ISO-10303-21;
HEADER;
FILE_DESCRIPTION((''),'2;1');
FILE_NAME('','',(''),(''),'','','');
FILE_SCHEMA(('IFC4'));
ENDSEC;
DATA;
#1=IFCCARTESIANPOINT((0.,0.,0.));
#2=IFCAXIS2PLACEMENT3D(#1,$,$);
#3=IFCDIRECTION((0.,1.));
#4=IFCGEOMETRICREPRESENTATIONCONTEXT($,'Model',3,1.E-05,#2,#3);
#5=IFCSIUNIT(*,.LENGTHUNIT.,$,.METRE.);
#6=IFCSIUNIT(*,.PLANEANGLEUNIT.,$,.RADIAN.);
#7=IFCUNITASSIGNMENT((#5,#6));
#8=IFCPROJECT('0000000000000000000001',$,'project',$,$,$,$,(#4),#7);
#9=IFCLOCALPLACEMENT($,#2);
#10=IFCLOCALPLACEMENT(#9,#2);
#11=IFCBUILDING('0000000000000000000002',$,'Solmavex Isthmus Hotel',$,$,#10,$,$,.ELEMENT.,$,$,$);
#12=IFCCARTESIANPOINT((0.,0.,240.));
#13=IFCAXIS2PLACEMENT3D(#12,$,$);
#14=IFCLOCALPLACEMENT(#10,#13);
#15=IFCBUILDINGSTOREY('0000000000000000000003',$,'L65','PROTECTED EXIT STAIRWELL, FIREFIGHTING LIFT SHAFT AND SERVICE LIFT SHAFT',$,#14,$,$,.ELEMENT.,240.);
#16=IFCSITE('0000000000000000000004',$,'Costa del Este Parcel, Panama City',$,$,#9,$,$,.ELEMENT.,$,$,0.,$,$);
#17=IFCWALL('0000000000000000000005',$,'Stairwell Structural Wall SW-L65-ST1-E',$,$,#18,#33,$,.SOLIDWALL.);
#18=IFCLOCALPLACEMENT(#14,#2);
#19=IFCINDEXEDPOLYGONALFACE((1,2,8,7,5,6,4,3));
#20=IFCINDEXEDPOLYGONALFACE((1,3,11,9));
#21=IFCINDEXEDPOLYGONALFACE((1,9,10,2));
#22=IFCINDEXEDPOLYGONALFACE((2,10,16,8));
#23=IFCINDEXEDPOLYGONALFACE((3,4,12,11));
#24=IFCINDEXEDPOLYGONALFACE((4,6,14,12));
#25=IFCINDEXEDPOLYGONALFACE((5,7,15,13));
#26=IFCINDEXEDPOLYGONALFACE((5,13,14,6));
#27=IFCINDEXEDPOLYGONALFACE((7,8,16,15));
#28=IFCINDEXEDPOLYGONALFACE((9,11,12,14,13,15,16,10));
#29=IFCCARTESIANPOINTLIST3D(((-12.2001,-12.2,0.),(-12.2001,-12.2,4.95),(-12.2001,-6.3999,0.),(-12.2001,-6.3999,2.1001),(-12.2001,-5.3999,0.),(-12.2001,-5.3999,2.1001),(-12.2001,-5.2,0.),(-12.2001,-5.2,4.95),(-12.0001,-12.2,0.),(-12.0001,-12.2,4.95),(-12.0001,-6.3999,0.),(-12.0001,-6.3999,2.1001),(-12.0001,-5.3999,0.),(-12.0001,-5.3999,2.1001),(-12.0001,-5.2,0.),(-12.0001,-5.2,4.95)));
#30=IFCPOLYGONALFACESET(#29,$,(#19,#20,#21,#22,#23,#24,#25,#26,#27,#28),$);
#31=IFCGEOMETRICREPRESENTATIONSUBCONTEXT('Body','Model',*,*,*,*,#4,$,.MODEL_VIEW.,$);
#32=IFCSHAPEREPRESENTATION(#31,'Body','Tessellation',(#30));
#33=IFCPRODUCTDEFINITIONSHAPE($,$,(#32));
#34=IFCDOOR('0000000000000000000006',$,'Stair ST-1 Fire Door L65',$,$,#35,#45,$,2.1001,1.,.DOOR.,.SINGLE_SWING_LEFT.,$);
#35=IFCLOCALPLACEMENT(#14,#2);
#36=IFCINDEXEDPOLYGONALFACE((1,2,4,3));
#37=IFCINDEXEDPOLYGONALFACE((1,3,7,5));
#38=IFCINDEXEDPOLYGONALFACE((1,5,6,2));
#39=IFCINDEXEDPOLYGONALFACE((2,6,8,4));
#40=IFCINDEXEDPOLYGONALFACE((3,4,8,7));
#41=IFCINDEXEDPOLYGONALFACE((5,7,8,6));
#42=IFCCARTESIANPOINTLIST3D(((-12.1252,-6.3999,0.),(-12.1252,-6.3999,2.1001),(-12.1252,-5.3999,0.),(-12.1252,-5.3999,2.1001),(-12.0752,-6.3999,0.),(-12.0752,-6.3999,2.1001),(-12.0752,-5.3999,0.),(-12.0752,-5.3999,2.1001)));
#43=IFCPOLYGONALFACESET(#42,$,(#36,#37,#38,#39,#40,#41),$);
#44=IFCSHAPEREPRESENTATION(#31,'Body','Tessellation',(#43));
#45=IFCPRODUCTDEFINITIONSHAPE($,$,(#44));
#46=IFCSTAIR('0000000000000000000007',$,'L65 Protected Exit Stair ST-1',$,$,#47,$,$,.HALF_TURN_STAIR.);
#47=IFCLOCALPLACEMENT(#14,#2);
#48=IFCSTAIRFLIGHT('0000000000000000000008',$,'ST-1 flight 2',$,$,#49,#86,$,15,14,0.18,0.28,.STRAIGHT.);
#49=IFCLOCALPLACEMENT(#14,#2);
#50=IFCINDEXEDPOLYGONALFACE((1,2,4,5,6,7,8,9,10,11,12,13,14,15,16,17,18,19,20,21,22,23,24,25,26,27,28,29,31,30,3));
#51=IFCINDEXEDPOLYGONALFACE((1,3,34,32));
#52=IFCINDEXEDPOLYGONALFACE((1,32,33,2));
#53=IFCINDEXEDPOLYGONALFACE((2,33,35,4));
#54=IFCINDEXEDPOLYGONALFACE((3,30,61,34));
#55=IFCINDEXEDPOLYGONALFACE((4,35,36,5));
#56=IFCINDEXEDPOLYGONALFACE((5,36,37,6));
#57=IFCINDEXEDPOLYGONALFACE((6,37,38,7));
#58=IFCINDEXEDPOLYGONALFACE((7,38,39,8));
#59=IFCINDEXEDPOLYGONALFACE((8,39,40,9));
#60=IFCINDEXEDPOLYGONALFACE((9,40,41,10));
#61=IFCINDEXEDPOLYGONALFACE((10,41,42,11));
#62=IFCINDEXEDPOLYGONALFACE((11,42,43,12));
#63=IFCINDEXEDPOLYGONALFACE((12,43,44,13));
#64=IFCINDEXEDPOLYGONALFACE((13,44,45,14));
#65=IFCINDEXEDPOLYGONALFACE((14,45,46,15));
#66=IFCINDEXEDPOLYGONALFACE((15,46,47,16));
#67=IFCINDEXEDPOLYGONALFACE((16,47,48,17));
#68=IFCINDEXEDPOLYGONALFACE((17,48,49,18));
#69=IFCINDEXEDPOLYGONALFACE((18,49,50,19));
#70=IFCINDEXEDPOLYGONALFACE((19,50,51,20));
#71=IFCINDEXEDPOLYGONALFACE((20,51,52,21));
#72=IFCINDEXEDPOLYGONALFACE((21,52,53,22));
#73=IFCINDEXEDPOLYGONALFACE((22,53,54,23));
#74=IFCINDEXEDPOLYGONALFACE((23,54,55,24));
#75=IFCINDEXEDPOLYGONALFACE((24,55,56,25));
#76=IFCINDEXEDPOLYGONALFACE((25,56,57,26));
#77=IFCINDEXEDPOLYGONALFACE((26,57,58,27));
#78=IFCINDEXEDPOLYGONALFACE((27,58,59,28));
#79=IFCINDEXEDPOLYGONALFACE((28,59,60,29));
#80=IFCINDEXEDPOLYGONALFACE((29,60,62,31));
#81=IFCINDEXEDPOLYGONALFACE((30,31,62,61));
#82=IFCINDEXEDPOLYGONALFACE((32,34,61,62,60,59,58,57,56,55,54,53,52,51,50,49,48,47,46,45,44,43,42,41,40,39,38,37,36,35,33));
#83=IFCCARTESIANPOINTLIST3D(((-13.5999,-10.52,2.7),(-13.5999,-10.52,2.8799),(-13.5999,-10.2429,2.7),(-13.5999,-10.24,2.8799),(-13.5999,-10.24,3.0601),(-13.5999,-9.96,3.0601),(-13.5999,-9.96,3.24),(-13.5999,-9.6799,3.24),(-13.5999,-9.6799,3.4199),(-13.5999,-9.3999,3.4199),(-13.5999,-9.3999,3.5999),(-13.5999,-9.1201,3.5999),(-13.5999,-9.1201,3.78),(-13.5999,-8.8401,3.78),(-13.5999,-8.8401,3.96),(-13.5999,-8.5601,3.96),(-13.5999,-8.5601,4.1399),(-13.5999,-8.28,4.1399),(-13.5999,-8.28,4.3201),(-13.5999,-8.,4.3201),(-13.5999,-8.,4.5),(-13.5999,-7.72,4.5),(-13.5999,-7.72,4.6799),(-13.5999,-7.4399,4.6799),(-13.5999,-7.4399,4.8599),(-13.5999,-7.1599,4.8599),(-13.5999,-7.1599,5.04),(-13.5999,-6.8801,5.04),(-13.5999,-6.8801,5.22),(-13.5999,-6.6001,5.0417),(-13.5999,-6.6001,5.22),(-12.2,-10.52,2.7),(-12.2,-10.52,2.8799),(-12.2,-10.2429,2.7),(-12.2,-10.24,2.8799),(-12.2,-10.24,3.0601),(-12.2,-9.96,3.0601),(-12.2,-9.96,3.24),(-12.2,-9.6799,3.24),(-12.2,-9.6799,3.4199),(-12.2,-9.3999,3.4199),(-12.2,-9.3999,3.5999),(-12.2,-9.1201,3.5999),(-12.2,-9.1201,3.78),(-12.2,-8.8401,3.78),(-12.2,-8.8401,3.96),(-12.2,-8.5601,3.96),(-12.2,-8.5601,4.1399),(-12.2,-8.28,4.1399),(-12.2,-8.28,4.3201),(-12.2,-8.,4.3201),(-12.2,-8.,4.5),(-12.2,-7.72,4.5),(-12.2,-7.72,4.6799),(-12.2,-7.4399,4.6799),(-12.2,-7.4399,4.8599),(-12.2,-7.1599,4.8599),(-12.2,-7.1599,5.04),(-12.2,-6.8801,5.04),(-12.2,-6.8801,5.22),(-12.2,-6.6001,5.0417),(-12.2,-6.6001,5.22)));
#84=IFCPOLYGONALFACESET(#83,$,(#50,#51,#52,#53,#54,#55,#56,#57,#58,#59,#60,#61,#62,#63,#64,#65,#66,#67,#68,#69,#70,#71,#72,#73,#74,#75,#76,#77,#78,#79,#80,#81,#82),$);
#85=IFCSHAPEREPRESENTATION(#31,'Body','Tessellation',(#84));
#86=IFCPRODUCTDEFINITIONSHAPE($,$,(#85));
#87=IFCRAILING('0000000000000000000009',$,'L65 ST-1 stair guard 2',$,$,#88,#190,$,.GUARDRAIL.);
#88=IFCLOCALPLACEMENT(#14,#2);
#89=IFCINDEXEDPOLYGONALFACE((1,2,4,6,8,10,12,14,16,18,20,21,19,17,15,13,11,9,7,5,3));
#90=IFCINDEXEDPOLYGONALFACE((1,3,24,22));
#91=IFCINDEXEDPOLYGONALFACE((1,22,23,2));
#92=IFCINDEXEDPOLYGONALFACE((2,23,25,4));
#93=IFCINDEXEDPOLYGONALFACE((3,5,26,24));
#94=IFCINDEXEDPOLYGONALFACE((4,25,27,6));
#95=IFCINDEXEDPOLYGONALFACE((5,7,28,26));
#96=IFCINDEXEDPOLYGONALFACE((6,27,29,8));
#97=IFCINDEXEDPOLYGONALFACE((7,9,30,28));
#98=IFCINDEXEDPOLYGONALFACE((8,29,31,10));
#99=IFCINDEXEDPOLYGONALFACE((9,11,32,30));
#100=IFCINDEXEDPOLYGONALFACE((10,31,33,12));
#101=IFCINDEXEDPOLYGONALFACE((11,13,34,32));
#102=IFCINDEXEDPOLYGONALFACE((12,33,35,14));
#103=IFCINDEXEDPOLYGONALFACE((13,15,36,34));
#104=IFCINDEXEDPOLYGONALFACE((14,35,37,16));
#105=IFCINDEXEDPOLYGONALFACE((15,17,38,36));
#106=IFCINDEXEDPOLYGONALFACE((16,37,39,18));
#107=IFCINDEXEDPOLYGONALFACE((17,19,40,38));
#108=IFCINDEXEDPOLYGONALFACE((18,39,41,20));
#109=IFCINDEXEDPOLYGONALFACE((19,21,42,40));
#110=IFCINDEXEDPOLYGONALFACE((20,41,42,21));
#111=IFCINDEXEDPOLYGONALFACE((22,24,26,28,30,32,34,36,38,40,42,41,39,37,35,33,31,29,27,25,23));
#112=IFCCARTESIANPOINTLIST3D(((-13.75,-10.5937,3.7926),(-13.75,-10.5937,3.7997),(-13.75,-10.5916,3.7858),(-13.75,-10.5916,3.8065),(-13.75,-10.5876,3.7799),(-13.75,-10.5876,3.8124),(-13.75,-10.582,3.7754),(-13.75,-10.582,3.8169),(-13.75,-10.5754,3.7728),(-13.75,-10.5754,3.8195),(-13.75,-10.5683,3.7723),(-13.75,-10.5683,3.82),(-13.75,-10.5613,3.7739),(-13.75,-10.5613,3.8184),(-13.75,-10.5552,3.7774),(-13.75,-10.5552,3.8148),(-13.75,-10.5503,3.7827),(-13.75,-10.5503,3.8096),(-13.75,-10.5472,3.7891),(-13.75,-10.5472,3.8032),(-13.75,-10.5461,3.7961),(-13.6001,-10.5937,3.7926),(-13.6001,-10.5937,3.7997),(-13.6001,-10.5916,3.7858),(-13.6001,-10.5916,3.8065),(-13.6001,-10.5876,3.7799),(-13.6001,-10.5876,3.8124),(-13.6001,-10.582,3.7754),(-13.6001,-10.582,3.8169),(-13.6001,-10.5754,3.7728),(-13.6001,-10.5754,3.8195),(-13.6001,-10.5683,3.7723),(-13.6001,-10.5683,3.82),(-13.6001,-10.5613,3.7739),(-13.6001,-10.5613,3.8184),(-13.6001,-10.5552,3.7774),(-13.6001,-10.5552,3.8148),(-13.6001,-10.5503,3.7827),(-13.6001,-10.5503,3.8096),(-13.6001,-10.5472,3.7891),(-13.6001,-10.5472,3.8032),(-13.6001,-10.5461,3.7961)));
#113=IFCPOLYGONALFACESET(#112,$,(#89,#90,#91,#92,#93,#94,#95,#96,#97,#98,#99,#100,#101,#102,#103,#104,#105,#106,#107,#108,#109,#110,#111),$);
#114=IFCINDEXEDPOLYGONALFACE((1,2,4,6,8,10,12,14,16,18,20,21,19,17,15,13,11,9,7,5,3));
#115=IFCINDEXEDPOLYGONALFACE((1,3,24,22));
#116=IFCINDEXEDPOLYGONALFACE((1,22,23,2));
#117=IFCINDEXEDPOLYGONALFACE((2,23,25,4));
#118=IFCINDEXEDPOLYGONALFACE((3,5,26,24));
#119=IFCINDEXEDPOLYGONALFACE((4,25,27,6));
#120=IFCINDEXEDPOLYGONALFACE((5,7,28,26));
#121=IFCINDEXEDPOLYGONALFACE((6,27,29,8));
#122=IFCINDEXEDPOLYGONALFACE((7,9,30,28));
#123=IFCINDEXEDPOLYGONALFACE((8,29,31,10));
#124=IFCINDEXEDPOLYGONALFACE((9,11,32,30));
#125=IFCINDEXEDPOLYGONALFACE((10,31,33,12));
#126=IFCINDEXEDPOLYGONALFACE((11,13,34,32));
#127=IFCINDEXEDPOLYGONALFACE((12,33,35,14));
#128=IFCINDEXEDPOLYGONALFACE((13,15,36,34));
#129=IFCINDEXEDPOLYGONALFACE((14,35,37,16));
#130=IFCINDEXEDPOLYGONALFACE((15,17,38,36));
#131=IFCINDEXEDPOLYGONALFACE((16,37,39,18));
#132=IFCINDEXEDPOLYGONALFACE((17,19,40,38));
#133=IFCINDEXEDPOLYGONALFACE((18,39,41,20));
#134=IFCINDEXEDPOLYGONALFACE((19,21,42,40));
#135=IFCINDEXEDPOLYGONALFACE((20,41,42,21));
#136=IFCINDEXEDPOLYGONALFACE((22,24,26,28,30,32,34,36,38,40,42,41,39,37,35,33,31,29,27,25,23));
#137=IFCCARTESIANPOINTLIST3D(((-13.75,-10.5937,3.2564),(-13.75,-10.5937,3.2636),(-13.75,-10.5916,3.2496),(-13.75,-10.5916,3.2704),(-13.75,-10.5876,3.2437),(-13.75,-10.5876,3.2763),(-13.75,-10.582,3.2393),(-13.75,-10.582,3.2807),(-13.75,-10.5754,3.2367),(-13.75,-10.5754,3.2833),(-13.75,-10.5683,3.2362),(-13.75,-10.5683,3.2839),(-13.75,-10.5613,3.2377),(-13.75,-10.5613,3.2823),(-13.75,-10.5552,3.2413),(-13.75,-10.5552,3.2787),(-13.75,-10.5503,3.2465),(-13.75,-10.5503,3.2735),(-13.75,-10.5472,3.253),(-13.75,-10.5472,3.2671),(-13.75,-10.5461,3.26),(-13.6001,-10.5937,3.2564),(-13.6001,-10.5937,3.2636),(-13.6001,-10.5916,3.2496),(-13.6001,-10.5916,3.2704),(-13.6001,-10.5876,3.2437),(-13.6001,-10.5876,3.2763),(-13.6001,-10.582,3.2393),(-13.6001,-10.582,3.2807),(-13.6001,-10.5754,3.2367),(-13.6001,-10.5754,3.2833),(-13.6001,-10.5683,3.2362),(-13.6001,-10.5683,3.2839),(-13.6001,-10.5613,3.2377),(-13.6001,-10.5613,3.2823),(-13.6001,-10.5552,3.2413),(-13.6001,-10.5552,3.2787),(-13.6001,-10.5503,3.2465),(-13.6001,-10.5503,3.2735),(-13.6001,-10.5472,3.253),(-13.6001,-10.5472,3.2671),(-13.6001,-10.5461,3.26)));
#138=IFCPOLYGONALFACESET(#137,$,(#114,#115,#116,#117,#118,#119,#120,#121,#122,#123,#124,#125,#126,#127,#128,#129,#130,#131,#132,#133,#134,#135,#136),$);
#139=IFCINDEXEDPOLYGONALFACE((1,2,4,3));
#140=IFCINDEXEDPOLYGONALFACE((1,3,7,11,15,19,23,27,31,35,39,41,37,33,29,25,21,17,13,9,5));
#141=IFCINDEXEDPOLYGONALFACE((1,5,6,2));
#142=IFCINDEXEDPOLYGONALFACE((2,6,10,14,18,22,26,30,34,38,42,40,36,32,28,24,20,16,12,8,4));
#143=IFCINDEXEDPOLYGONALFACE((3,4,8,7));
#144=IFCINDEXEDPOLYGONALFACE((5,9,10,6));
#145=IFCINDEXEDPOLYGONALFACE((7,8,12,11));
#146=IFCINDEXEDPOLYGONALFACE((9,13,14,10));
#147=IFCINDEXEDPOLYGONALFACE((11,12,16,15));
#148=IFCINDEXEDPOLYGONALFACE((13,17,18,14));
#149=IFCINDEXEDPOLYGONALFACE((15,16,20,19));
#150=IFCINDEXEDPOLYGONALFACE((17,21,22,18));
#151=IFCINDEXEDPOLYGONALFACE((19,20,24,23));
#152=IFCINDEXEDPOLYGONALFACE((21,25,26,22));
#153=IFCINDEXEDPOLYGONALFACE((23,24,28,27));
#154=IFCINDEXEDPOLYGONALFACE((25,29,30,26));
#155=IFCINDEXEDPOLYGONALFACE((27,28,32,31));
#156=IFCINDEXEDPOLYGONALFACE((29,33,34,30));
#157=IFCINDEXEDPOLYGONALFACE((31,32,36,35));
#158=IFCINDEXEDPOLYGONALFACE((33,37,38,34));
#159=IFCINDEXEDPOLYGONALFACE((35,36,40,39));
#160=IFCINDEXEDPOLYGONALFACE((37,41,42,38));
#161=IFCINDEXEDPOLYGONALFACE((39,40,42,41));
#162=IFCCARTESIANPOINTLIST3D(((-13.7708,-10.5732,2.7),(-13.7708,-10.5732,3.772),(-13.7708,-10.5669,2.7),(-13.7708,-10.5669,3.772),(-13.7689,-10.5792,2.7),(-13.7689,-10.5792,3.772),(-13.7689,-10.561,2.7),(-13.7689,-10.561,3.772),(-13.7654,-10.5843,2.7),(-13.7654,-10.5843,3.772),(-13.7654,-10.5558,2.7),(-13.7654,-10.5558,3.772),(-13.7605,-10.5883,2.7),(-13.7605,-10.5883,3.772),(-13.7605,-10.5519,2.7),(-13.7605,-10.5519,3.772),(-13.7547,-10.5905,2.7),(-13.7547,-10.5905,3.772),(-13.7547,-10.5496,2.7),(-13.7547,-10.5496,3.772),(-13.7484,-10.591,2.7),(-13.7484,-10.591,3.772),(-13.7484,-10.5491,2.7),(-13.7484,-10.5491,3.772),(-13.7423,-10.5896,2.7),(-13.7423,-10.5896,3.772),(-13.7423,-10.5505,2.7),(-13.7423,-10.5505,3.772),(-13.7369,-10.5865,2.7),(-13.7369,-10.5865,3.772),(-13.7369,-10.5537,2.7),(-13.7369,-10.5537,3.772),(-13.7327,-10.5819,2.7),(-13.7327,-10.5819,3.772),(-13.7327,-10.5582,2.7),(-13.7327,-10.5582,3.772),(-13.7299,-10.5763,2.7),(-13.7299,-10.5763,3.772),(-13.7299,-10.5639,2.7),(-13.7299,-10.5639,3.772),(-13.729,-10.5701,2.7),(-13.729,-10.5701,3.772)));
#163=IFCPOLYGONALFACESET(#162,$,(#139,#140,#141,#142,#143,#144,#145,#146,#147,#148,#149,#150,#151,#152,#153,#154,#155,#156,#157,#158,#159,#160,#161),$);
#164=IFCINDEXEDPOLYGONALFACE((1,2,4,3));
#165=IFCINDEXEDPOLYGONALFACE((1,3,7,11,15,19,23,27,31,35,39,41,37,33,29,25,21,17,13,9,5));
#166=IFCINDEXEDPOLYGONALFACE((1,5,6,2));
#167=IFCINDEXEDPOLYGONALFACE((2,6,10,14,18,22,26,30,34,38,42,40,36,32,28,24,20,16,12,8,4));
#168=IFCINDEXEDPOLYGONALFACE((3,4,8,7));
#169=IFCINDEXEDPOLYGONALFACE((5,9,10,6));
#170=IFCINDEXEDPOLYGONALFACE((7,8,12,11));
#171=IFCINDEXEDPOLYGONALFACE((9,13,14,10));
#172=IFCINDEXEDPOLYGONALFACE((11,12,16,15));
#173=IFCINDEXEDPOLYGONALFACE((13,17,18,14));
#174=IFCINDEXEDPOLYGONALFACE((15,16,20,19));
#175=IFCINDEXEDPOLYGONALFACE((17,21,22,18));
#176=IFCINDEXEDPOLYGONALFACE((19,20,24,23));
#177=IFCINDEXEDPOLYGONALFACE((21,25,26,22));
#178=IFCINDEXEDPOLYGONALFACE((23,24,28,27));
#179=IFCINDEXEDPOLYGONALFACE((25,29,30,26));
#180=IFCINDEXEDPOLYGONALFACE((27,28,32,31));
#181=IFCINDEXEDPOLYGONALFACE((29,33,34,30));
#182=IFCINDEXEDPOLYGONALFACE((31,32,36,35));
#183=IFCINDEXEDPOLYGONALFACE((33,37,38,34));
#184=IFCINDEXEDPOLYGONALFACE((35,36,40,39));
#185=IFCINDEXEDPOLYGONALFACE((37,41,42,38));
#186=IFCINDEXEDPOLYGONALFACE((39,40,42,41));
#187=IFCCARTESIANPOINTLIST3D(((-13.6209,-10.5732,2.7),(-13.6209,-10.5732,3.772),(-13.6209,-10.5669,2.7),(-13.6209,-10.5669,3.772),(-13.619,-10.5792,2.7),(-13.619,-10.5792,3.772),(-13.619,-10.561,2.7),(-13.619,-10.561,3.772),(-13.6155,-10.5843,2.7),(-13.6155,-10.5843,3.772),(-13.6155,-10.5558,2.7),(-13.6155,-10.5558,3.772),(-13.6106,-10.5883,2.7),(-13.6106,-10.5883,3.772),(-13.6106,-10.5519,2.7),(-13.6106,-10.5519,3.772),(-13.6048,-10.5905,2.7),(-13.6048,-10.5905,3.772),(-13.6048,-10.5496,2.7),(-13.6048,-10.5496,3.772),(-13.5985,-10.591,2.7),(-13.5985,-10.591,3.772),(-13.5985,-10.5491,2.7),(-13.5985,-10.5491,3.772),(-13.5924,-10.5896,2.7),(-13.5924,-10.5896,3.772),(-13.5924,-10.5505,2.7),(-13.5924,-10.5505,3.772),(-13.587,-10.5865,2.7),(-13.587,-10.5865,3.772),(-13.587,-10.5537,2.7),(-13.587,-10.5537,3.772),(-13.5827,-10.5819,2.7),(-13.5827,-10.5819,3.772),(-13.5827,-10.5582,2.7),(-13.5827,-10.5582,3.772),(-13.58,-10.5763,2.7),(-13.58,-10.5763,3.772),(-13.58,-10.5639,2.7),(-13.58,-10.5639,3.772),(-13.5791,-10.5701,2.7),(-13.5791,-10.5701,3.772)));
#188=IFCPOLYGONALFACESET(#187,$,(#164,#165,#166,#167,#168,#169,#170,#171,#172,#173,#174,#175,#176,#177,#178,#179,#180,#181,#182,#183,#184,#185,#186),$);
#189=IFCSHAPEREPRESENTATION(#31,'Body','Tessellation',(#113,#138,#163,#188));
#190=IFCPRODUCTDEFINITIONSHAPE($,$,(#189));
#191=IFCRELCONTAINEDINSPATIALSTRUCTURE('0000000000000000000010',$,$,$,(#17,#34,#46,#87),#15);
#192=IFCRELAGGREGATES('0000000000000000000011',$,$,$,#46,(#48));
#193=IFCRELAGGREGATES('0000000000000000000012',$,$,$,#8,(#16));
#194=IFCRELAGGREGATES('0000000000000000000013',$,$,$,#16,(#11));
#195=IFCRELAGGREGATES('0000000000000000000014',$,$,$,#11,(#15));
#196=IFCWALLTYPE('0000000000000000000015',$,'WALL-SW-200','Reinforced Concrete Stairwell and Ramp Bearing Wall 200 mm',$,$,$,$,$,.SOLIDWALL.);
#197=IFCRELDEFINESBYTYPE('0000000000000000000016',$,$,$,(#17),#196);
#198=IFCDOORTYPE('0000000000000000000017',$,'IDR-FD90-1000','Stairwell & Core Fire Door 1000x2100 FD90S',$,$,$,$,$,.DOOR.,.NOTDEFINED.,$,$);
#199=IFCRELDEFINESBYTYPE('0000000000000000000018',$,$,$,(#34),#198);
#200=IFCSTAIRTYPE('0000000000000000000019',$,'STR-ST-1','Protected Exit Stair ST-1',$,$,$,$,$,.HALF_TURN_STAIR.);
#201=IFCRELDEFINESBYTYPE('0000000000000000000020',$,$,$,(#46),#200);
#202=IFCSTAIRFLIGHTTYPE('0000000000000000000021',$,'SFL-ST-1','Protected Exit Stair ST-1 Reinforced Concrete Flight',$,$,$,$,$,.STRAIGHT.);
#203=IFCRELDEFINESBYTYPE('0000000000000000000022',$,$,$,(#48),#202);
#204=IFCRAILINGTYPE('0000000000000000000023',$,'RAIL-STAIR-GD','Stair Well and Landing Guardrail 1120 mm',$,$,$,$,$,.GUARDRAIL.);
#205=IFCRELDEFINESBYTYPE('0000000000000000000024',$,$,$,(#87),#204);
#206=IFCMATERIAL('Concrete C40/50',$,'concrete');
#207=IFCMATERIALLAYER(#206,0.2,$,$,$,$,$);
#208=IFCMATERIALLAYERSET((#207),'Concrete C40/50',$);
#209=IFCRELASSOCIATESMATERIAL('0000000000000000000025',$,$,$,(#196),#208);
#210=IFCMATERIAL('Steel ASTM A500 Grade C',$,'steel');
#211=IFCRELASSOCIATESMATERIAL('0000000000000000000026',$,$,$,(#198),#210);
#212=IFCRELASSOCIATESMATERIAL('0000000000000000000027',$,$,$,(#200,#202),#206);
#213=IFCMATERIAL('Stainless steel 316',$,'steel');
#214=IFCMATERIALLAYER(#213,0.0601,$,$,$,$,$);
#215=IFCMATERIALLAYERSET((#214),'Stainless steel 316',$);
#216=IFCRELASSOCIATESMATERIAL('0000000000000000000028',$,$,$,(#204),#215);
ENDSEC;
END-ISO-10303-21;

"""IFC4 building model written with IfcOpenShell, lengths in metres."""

from ifc_helpers import new_model, si_unit, direction, frame, frame_2d, origin, origin_2d, place, context, subcontext, project, spatial, polyline, rectangle, circle, outline, extrude, material, layer, layer_set, type_object, element, fill, aggregate, save


model = new_model("IFC4")

# Units and contexts
model_context = context("Model", 3, precision=1e-05, world=origin(), true_north=direction((0.0, 1.0)))
body_context = subcontext(model_context, "Body", "Model", "MODEL_VIEW")
ifc_project = project(units=[si_unit("LENGTHUNIT", "METRE"), si_unit("PLANEANGLEUNIT", "RADIAN")], contexts=[model_context])

# Site, building, storey
site_placement = place(None, origin())
site = spatial("IfcSite", under=ifc_project, at=site_placement, Name="Costa del Este Parcel, Panama City", CompositionType="ELEMENT", RefElevation=0.0)
building_placement = place(site_placement, origin())
building = spatial("IfcBuilding", under=site, at=building_placement, Name="Solmavex Isthmus Hotel", CompositionType="ELEMENT")
storey_placement = place(building_placement, frame((0.0, 0.0, 240.0)))
storey = spatial("IfcBuildingStorey", under=building, at=storey_placement, Name="L65", Description="PROTECTED EXIT STAIRWELL, FIREFIGHTING LIFT SHAFT AND SERVICE LIFT SHAFT", CompositionType="ELEMENT", Elevation=240.0)

# Shared definitions
ifc_material_1 = material(Name="Concrete C40/50", Category="concrete")
ifc_layer_1 = layer(ifc_material_1, 0.2)
ifc_layer_set_1 = layer_set([ifc_layer_1], Name="Concrete C40/50")
wall_type_1 = type_object("IfcWallType", Name="WALL-SW-200", Description="Reinforced Concrete Stairwell and Ramp Bearing Wall 200 mm", PredefinedType="SOLIDWALL", material=ifc_layer_set_1)

# Wall, opening, door
wall_1_placement = place(storey_placement, frame((-12.1001, -12.2, 0.0), z_axis=(0.0, 0.0, 1.0), x_axis=(0.0, 1.0, 0.0)))
wall_1 = element("IfcWall", 1, at=wall_1_placement, inside=storey, type_object=wall_type_1, Name="Stairwell Structural Wall SW-L65-ST1-E", PredefinedType="SOLIDWALL", context=body_context, shape_type="SweptSolid", body=[
    extrude(rectangle(XDim=7.0, YDim=0.2, at=frame_2d((3.5, 0.0))), origin(), (0.0, 0.0, 1.0), 4.95),
])
opening_placement = place(wall_1_placement, frame((5.8, 0.0, 0.0)))
opening = element("IfcOpeningElement", 2, at=opening_placement, cuts=wall_1, PredefinedType="OPENING", context=body_context, shape_type="SweptSolid", body=[
    extrude(rectangle(XDim=1.0, YDim=2.1001, at=frame_2d((0.5, 1.05))), frame((0.0, 0.1099, 0.0), z_axis=(0.0, -1.0, 0.0), x_axis=(1.0, 0.0, 0.0)), (0.0, 0.0, 1.0), 0.22),
])
ifc_material_2 = material(Name="Steel ASTM A500 Grade C", Category="steel")
door_type = type_object("IfcDoorType", Name="IDR-FD90-1000", Description="Stairwell & Core Fire Door 1000x2100 FD90S", OperationType="NOTDEFINED", PredefinedType="DOOR", material=ifc_material_2)
door_placement = place(opening_placement, frame((1.0, 0.0, 0.0), z_axis=(0.0, 0.0, 1.0), x_axis=(-1.0, 0.0, 0.0)))
door = element("IfcDoor", 3, at=door_placement, inside=storey, type_object=door_type, Name="Stair ST-1 Fire Door L65", OperationType="SINGLE_SWING_LEFT", OverallHeight=2.1001, OverallWidth=1.0, PredefinedType="DOOR", context=body_context, shape_type="SweptSolid", body=[
    extrude(rectangle(XDim=1.0, YDim=2.1001, at=frame_2d((0.5, 1.05))), frame((0.0, 0.0249, 0.0), z_axis=(0.0, -1.0, 0.0), x_axis=(1.0, 0.0, 0.0)), (0.0, 0.0, 1.0), 0.05),
])
fill(opening, door)

# Stair, stair flight
stair_type = type_object("IfcStairType", Name="STR-ST-1", Description="Protected Exit Stair ST-1", PredefinedType="HALF_TURN_STAIR", material=ifc_material_1)
stair_placement = place(storey_placement, origin())
stair = element("IfcStair", 4, at=stair_placement, inside=storey, type_object=stair_type, Name="L65 Protected Exit Stair ST-1", PredefinedType="HALF_TURN_STAIR")
stair_flight_type = type_object("IfcStairFlightType", Name="SFL-ST-1", Description="Protected Exit Stair ST-1 Reinforced Concrete Flight", PredefinedType="STRAIGHT", material=ifc_material_1)
stair_flight_placement = place(storey_placement, frame((-12.8999, -10.52, 2.7), z_axis=(0.0, 0.0, 1.0), x_axis=(0.0, 1.0, 0.0)))
stair_flight = element("IfcStairFlight", 5, at=stair_flight_placement, type_object=stair_flight_type, Name="ST-1 flight 2", NumberOfRisers=15, NumberOfTreads=14, PredefinedType="STRAIGHT", RiserHeight=0.18, TreadLength=0.28, context=body_context, shape_type="SweptSolid", body=[
    extrude(outline(polyline([(0.0, 0.0), (0.0, 0.1799), (0.28, 0.1799), (0.28, 0.3601), (0.5601, 0.3601), (0.5601, 0.54), (0.8401, 0.54), (0.8401, 0.72), (1.1201, 0.72), (1.1201, 0.8999), (1.3999, 0.8999), (1.3999, 1.0801), (1.6799, 1.0801), (1.6799, 1.26), (1.96, 1.26), (1.96, 1.4399), (2.24, 1.4399), (2.24, 1.6201), (2.52, 1.6201), (2.52, 1.8), (2.8, 1.8), (2.8, 1.98), (3.0801, 1.98), (3.0801, 2.1599), (3.3601, 2.1599), (3.3601, 2.3401), (3.6399, 2.3401), (3.6399, 2.52), (3.9199, 2.52), (3.9199, 2.7), (3.9199, 2.3418), (0.2771, 0.0), (0.0, 0.0)])), frame((0.0, 0.7, 0.0), z_axis=(0.0, -1.0, 0.0), x_axis=(1.0, 0.0, 0.0)), (0.0, 0.0, 1.0), 1.3999),
])
aggregate(stair, [stair_flight])

# Railing
ifc_material_3 = material(Name="Stainless steel 316", Category="steel")
ifc_layer_2 = layer(ifc_material_3, 0.0601)
ifc_layer_set_2 = layer_set([ifc_layer_2], Name="Stainless steel 316")
railing_type_1 = type_object("IfcRailingType", Name="RAIL-STAIR-GD", Description="Stair Well and Landing Guardrail 1120 mm", PredefinedType="GUARDRAIL", material=ifc_layer_set_2)
railing_1_placement = place(storey_placement, frame((-13.75, -10.5701, 2.7)))
element("IfcRailing", 6, at=railing_1_placement, inside=storey, type_object=railing_type_1, Name="L65 ST-1 stair guard 2", PredefinedType="GUARDRAIL", context=body_context, shape_type="SweptSolid", body=[
    extrude(circle(Radius=0.0239, at=origin_2d()), frame((0.0, 0.0, 1.0962), z_axis=(1.0, 0.0, 0.0), x_axis=(0.0, 1.0, 0.0)), (0.0, 0.0, 1.0), 0.1499),
    extrude(circle(Radius=0.0239, at=origin_2d()), frame((0.0, 0.0, 0.5601), z_axis=(1.0, 0.0, 0.0), x_axis=(0.0, 1.0, 0.0)), (0.0, 0.0, 1.0), 0.1499),
    extrude(circle(Radius=0.021, at=origin_2d()), origin(), (0.0, 0.0, 1.0), 1.072),
    extrude(circle(Radius=0.021, at=origin_2d()), frame((0.1499, 0.0, 0.0)), (0.0, 0.0, 1.0), 1.072),
])

save(model, "model.ifc")
